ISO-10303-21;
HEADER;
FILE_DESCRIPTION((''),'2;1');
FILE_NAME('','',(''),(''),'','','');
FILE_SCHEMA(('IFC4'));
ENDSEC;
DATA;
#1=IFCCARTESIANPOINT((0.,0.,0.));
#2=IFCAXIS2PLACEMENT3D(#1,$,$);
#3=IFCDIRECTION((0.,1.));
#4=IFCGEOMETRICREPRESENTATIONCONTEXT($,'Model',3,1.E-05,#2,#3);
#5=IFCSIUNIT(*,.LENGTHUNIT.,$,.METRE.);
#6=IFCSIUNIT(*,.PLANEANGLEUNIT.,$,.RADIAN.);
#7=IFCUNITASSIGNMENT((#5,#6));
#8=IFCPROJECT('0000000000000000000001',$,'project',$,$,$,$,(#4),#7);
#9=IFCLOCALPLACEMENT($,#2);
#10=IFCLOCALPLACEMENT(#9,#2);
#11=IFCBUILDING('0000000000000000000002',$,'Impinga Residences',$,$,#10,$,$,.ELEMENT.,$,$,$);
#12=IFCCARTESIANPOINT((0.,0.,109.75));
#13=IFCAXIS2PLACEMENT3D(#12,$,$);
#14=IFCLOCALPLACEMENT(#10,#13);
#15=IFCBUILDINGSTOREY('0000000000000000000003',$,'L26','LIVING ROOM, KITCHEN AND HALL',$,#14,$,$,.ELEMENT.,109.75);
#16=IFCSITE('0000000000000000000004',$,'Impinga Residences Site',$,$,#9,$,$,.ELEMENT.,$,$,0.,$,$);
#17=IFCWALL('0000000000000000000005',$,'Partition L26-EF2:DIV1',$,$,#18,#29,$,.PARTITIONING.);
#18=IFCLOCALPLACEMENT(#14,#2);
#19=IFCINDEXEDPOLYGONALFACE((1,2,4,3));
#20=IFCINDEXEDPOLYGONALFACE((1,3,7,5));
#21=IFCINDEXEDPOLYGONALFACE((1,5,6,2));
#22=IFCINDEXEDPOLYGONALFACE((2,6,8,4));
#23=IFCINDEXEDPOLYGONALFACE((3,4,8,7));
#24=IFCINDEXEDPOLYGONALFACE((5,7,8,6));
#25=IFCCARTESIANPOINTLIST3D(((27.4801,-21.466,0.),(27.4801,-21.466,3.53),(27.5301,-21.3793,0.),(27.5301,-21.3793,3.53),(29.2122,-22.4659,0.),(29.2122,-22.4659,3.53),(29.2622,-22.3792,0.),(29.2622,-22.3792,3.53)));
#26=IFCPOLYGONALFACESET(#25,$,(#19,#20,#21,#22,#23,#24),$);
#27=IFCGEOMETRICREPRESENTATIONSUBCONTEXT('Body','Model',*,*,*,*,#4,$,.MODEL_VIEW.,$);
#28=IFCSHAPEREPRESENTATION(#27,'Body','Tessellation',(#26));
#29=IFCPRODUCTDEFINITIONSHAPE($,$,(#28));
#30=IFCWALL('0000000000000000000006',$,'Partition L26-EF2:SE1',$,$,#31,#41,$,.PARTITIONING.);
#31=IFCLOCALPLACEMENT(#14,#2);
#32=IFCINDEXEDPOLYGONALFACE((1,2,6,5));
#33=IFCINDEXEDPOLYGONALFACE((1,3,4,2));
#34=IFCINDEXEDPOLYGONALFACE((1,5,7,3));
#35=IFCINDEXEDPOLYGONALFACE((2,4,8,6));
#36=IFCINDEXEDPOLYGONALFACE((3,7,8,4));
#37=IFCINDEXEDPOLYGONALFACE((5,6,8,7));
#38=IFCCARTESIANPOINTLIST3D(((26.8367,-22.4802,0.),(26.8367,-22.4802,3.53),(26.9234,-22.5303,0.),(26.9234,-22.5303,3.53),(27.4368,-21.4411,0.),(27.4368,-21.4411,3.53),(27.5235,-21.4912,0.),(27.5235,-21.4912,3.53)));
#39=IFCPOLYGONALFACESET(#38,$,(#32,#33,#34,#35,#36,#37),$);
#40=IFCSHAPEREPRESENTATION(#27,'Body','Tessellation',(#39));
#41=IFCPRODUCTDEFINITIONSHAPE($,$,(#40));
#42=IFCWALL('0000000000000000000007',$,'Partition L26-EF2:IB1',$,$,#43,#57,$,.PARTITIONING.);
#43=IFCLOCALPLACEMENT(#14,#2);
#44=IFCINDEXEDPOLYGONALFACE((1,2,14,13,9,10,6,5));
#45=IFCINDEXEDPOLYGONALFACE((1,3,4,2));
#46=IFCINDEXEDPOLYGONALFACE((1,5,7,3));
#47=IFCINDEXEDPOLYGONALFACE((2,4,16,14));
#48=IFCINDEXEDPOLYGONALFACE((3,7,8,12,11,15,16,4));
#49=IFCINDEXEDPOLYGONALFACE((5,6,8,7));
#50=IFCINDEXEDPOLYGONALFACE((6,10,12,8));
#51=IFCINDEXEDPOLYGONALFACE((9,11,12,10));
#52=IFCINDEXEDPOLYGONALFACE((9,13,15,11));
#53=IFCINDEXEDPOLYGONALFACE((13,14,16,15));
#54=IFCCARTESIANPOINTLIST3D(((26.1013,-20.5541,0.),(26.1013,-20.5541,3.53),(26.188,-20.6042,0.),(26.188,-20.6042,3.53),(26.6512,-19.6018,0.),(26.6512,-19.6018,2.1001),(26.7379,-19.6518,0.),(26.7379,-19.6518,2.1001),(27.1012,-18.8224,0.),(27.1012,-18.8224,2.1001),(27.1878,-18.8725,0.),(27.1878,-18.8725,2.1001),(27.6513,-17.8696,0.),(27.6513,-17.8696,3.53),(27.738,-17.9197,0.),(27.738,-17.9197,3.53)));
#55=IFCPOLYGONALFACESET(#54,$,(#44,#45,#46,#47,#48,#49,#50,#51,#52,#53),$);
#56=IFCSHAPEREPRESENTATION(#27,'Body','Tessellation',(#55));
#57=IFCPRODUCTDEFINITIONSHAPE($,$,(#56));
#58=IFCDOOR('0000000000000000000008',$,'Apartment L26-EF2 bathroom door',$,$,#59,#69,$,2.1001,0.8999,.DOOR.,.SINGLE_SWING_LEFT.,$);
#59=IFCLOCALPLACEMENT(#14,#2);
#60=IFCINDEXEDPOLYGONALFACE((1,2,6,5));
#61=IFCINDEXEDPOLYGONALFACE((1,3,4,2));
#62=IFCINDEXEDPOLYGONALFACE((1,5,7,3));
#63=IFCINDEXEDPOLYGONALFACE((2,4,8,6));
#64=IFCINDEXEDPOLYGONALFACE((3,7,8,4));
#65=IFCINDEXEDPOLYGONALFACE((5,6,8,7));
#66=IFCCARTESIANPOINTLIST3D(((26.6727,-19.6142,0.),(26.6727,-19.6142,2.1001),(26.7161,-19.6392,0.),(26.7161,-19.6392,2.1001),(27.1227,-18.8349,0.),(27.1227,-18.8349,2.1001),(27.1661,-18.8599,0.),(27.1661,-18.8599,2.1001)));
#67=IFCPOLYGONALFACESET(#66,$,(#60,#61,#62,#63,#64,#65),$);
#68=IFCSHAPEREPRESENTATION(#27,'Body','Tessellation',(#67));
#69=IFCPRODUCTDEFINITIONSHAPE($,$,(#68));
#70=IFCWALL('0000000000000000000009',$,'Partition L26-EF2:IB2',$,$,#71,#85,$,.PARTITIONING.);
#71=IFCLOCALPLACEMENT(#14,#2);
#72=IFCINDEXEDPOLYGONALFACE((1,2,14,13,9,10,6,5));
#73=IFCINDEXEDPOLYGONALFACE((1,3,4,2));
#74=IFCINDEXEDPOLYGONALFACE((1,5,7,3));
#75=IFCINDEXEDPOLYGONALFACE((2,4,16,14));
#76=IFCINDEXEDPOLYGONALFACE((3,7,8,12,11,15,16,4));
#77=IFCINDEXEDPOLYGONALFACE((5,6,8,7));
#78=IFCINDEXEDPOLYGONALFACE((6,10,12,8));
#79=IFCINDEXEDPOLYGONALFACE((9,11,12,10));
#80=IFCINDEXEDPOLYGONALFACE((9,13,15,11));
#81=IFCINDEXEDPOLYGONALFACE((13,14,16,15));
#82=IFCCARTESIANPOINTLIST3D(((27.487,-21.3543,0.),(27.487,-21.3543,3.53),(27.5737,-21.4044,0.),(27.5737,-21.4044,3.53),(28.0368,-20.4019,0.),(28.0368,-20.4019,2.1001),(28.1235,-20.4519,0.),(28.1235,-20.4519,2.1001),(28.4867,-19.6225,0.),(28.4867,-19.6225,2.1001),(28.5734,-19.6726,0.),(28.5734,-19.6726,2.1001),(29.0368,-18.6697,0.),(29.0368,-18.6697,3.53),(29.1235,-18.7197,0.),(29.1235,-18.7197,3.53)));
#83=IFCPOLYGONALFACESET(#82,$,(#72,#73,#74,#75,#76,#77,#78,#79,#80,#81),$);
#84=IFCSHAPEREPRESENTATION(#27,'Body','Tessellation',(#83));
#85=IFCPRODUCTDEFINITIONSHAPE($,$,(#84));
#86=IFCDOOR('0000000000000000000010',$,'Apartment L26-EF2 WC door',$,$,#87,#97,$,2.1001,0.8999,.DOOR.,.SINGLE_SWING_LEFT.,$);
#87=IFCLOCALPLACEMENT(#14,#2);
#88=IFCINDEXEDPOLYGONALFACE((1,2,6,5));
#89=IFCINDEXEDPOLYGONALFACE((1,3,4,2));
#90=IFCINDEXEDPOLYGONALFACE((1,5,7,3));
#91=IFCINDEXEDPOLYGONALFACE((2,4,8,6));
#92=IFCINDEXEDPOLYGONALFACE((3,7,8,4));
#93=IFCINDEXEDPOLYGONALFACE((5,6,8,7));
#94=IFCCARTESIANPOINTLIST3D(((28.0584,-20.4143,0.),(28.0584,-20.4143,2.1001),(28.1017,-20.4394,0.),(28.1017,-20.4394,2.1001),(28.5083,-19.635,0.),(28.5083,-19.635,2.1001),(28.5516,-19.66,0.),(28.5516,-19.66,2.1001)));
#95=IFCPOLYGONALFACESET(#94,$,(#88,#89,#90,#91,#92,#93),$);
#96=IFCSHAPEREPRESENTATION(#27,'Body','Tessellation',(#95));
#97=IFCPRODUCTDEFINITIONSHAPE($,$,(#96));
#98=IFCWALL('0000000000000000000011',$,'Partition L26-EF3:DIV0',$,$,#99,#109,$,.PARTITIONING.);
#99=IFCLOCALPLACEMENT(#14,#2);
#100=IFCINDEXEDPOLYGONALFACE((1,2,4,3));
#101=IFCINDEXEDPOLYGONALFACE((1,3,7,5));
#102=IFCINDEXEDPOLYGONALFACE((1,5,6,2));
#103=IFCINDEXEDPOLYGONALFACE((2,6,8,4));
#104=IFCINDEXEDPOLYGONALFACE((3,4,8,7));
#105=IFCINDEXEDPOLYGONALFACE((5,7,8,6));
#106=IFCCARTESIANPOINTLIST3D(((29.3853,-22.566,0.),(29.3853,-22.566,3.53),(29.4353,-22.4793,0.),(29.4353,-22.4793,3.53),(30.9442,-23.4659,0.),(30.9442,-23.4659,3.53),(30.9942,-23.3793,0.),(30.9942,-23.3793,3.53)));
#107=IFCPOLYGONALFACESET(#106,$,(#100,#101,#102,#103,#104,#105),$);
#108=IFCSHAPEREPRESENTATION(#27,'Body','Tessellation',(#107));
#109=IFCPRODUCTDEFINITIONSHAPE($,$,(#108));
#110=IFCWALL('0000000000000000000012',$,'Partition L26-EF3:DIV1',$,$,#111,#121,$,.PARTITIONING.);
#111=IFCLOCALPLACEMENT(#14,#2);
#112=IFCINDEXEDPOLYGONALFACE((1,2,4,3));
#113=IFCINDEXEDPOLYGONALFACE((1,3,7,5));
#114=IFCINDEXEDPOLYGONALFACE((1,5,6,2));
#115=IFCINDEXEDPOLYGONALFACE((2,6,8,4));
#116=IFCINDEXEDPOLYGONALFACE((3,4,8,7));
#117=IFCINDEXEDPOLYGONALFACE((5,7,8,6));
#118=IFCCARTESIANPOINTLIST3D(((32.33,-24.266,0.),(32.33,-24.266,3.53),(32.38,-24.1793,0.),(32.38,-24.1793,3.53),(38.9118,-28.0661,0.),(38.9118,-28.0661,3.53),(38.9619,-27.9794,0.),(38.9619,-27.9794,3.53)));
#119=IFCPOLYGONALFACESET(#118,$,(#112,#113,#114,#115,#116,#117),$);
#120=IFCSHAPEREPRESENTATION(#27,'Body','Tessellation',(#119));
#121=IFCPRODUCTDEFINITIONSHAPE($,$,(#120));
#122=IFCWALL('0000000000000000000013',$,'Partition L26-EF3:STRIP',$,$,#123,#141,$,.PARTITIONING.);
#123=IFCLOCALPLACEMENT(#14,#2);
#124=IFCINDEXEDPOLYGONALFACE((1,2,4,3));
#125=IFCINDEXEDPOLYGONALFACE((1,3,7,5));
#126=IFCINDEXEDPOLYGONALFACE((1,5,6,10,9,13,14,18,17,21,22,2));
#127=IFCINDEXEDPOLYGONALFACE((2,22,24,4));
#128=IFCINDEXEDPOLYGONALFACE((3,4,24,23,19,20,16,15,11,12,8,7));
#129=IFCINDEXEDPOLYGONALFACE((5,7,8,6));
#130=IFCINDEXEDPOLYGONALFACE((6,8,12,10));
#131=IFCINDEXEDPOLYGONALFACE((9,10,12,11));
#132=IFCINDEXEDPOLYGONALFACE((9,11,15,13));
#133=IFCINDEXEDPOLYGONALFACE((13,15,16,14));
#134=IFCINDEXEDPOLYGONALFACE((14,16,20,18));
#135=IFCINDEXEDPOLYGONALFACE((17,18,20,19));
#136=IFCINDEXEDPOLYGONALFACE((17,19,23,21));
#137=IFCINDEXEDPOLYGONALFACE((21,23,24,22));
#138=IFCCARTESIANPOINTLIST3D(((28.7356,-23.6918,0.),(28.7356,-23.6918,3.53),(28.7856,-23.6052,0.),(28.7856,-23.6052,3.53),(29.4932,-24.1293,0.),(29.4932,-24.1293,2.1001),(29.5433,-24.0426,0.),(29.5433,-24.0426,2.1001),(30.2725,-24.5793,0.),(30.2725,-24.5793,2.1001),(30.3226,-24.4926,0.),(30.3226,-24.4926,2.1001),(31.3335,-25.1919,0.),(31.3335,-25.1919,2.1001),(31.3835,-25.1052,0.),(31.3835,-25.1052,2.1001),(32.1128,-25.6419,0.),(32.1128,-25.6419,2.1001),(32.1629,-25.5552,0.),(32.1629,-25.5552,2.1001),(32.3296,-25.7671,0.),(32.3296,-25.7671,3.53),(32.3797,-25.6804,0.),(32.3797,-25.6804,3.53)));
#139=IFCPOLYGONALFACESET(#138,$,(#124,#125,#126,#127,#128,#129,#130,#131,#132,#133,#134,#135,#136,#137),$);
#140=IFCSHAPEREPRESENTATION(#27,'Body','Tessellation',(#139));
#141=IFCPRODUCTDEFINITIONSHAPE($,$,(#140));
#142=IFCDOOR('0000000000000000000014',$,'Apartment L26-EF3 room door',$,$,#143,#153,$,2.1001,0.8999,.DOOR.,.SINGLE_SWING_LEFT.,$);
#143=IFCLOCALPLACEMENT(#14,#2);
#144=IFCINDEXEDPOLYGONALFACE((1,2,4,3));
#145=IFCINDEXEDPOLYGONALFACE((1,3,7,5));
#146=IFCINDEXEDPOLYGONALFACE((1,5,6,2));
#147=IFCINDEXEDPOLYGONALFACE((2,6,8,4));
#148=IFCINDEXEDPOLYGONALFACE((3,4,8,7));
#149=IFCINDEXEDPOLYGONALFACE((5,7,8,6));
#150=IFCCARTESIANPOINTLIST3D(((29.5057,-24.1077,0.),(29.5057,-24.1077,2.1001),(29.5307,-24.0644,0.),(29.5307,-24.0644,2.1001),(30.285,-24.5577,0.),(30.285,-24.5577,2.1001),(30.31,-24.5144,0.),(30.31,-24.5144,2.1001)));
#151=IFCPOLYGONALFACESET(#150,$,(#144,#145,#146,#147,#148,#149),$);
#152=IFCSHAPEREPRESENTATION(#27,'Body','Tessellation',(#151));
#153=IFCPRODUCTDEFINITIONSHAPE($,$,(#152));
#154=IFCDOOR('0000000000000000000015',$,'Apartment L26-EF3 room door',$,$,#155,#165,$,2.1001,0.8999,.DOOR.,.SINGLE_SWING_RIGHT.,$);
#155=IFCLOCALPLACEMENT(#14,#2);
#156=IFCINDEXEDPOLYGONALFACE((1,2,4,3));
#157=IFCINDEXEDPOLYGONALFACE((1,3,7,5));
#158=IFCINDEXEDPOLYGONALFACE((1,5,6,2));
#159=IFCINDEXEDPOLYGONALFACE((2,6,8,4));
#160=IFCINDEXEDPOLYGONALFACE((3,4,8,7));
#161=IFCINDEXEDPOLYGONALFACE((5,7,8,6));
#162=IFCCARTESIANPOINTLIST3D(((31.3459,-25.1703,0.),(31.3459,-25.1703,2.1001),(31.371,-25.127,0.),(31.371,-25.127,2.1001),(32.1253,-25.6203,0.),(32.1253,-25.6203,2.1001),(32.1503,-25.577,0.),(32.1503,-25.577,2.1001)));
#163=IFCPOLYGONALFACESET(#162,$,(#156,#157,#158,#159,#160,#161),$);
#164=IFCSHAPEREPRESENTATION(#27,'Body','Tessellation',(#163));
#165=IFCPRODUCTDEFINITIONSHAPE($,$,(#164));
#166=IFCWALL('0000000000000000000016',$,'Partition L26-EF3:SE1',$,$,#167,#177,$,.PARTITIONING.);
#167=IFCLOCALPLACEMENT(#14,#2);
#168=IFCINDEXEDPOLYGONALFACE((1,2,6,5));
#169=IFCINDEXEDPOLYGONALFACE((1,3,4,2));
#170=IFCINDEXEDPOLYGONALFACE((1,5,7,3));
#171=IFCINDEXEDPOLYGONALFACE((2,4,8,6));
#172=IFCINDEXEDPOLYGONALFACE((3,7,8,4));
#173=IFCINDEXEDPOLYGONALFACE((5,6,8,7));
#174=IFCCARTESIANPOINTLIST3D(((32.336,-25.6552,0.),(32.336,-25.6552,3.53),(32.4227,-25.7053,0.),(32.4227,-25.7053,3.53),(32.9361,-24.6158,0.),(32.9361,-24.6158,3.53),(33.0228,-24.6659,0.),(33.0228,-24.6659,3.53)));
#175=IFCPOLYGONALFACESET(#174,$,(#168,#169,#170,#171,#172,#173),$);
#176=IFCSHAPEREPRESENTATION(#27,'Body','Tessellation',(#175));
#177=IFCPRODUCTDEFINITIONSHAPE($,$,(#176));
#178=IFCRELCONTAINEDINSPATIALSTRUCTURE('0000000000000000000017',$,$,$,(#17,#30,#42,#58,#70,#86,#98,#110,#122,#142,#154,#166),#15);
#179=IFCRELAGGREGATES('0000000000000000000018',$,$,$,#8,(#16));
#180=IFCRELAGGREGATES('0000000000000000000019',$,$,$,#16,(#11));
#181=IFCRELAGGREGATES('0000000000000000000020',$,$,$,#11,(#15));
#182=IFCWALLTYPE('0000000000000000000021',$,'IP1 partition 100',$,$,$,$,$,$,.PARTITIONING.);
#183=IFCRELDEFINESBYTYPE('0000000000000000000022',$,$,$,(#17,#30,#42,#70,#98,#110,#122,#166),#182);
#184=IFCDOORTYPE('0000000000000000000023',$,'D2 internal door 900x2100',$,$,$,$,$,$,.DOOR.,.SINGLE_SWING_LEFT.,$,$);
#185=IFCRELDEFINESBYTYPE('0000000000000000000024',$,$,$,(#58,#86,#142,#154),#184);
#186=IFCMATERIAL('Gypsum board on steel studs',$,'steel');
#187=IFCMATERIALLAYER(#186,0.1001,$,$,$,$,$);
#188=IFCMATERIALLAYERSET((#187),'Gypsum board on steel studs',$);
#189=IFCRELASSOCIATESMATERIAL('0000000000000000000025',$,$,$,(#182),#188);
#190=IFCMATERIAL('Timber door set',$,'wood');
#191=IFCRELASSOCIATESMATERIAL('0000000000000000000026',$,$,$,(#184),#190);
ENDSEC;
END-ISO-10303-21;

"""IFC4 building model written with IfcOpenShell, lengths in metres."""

from ifc_helpers import new_model, si_unit, direction, frame, frame_2d, origin, place, context, subcontext, project, spatial, rectangle, extrude, material, layer, layer_set, type_object, element, fill, save


model = new_model("IFC4")

# Units and contexts
model_context = context("Model", 3, precision=1e-05, world=origin(), true_north=direction((0.0, 1.0)))
body_context = subcontext(model_context, "Body", "Model", "MODEL_VIEW")
ifc_project = project(units=[si_unit("LENGTHUNIT", "METRE"), si_unit("PLANEANGLEUNIT", "RADIAN")], contexts=[model_context])

# Site, building, storey
site_placement = place(None, origin())
site = spatial("IfcSite", under=ifc_project, at=site_placement, Name="Impinga Residences Site", CompositionType="ELEMENT", RefElevation=0.0)
building_placement = place(site_placement, origin())
building = spatial("IfcBuilding", under=site, at=building_placement, Name="Impinga Residences", CompositionType="ELEMENT")
storey_placement = place(building_placement, frame((0.0, 0.0, 109.75)))
storey = spatial("IfcBuildingStorey", under=building, at=storey_placement, Name="L26", Description="LIVING ROOM, KITCHEN AND HALL", CompositionType="ELEMENT", Elevation=109.75)

# Walls
ifc_material_1 = material(Name="Gypsum board on steel studs", Category="steel")
ifc_layer_1 = layer(ifc_material_1, 0.1001)
ifc_layer_set_1 = layer_set([ifc_layer_1], Name="Gypsum board on steel studs")
wall_type_1 = type_object("IfcWallType", Name="IP1 partition 100", PredefinedType="PARTITIONING", material=ifc_layer_set_1)
wall_1_placement = place(storey_placement, frame((27.5051, -21.4226, 0.0), z_axis=(0.0, 0.0, 1.0), x_axis=(0.866041, -0.499973, 0.0)))
element("IfcWall", 1, at=wall_1_placement, inside=storey, type_object=wall_type_1, Name="Partition L26-EF2:DIV1", PredefinedType="PARTITIONING", context=body_context, shape_type="SweptSolid", body=[
    extrude(rectangle(XDim=2.0, YDim=0.1001, at=frame_2d((1.0, 0.0))), origin(), (0.0, 0.0, 1.0), 3.53),
])
wall_2_placement = place(storey_placement, frame((27.4802, -21.4661, 0.0), z_axis=(0.0, 0.0, 1.0), x_axis=(-0.500122, -0.865955, 0.0)))
element("IfcWall", 2, at=wall_2_placement, inside=storey, type_object=wall_type_1, Name="Partition L26-EF2:SE1", PredefinedType="PARTITIONING", context=body_context, shape_type="SweptSolid", body=[
    extrude(rectangle(XDim=1.2, YDim=0.1001, at=frame_2d((0.6001, 0.0))), origin(), (0.0, 0.0, 1.0), 3.53),
])

# Walls, openings, doors
wall_3_placement = place(storey_placement, frame((27.6946, -17.8948, 0.0), z_axis=(0.0, 0.0, 1.0), x_axis=(-0.500027, -0.86601, 0.0)))
wall_3 = element("IfcWall", 3, at=wall_3_placement, inside=storey, type_object=wall_type_1, Name="Partition L26-EF2:IB1", PredefinedType="PARTITIONING", context=body_context, shape_type="SweptSolid", body=[
    extrude(rectangle(XDim=3.0999, YDim=0.1001, at=frame_2d((1.5498, 0.0))), origin(), (0.0, 0.0, 1.0), 3.53),
])
opening_1_placement = place(wall_3_placement, frame((1.1001, 0.0, 0.0)))
opening_1 = element("IfcOpeningElement", 4, at=opening_1_placement, cuts=wall_3, PredefinedType="OPENING", context=body_context, shape_type="SweptSolid", body=[
    extrude(rectangle(XDim=0.8999, YDim=2.1001, at=frame_2d((0.45, 1.05))), frame((0.0, 0.0601, 0.0), z_axis=(0.0, -1.0, 0.0), x_axis=(1.0, 0.0, 0.0)), (0.0, 0.0, 1.0), 0.1201),
])
ifc_material_2 = material(Name="Timber door set", Category="wood")
door_type = type_object("IfcDoorType", Name="D2 internal door 900x2100", OperationType="SINGLE_SWING_LEFT", PredefinedType="DOOR", material=ifc_material_2)
door_1_placement = place(opening_1_placement, origin())
door_1 = element("IfcDoor", 5, at=door_1_placement, inside=storey, type_object=door_type, Name="Apartment L26-EF2 bathroom door", OperationType="SINGLE_SWING_LEFT", OverallHeight=2.1001, OverallWidth=0.8999, PredefinedType="DOOR", context=body_context, shape_type="SweptSolid", body=[
    extrude(rectangle(XDim=0.8999, YDim=2.1001, at=frame_2d((0.45, 1.05))), frame((0.0, 0.0249, 0.0), z_axis=(0.0, -1.0, 0.0), x_axis=(1.0, 0.0, 0.0)), (0.0, 0.0, 1.0), 0.05),
])
fill(opening_1, door_1)
wall_4_placement = place(storey_placement, frame((29.0801, -18.6948, 0.0), z_axis=(0.0, 0.0, 1.0), x_axis=(-0.499968, -0.866044, 0.0)))
wall_4 = element("IfcWall", 6, at=wall_4_placement, inside=storey, type_object=wall_type_1, Name="Partition L26-EF2:IB2", PredefinedType="PARTITIONING", context=body_context, shape_type="SweptSolid", body=[
    extrude(rectangle(XDim=3.0999, YDim=0.1001, at=frame_2d((1.5498, 0.0))), origin(), (0.0, 0.0, 1.0), 3.53),
])
opening_2_placement = place(wall_4_placement, frame((1.1001, 0.0, 0.0)))
opening_2 = element("IfcOpeningElement", 7, at=opening_2_placement, cuts=wall_4, PredefinedType="OPENING", context=body_context, shape_type="SweptSolid", body=[
    extrude(rectangle(XDim=0.8999, YDim=2.1001, at=frame_2d((0.45, 1.05))), frame((0.0, 0.0601, 0.0), z_axis=(0.0, -1.0, 0.0), x_axis=(1.0, 0.0, 0.0)), (0.0, 0.0, 1.0), 0.1201),
])
door_2_placement = place(opening_2_placement, origin())
door_2 = element("IfcDoor", 8, at=door_2_placement, inside=storey, type_object=door_type, Name="Apartment L26-EF2 WC door", OperationType="SINGLE_SWING_LEFT", OverallHeight=2.1001, OverallWidth=0.8999, PredefinedType="DOOR", context=body_context, shape_type="SweptSolid", body=[
    extrude(rectangle(XDim=0.8999, YDim=2.1001, at=frame_2d((0.45, 1.05))), frame((0.0, 0.0249, 0.0), z_axis=(0.0, -1.0, 0.0), x_axis=(1.0, 0.0, 0.0)), (0.0, 0.0, 1.0), 0.05),
])
fill(opening_2, door_2)

# Walls
wall_5_placement = place(storey_placement, frame((29.4104, -22.5227, 0.0), z_axis=(0.0, 0.0, 1.0), x_axis=(0.866048, -0.499961, 0.0)))
element("IfcWall", 9, at=wall_5_placement, inside=storey, type_object=wall_type_1, Name="Partition L26-EF3:DIV0", PredefinedType="PARTITIONING", context=body_context, shape_type="SweptSolid", body=[
    extrude(rectangle(XDim=1.8, YDim=0.1001, at=frame_2d((0.8999, 0.0))), origin(), (0.0, 0.0, 1.0), 3.53),
])
wall_6_placement = place(storey_placement, frame((32.355, -24.2227, 0.0), z_axis=(0.0, 0.0, 1.0), x_axis=(0.866022, -0.500005, 0.0)))
element("IfcWall", 10, at=wall_6_placement, inside=storey, type_object=wall_type_1, Name="Partition L26-EF3:DIV1", PredefinedType="PARTITIONING", context=body_context, shape_type="SweptSolid", body=[
    extrude(rectangle(XDim=7.6001, YDim=0.1001, at=frame_2d((3.8, 0.0))), origin(), (0.0, 0.0, 1.0), 3.53),
])

# Wall, openings, doors
wall_7_placement = place(storey_placement, frame((28.7605, -23.6484, 0.0), z_axis=(0.0, 0.0, 1.0), x_axis=(0.866004, -0.500036, 0.0)))
wall_7 = element("IfcWall", 11, at=wall_7_placement, inside=storey, type_object=wall_type_1, Name="Partition L26-EF3:STRIP", PredefinedType="PARTITIONING", context=body_context, shape_type="SweptSolid", body=[
    extrude(rectangle(XDim=4.1501, YDim=0.1001, at=frame_2d((2.0752, 0.0))), origin(), (0.0, 0.0, 1.0), 3.53),
])
opening_3_placement = place(wall_7_placement, frame((0.875, 0.0, 0.0)))
opening_3 = element("IfcOpeningElement", 12, at=opening_3_placement, cuts=wall_7, PredefinedType="OPENING", context=body_context, shape_type="SweptSolid", body=[
    extrude(rectangle(XDim=0.8999, YDim=2.1001, at=frame_2d((0.45, 1.05))), frame((0.0, 0.0601, 0.0), z_axis=(0.0, -1.0, 0.0), x_axis=(1.0, 0.0, 0.0)), (0.0, 0.0, 1.0), 0.1201),
])
opening_4_placement = place(wall_7_placement, frame((3.0, 0.0, 0.0)))
opening_4 = element("IfcOpeningElement", 13, at=opening_4_placement, cuts=wall_7, PredefinedType="OPENING", context=body_context, shape_type="SweptSolid", body=[
    extrude(rectangle(XDim=0.8999, YDim=2.1001, at=frame_2d((0.45, 1.05))), frame((0.0, 0.0601, 0.0), z_axis=(0.0, -1.0, 0.0), x_axis=(1.0, 0.0, 0.0)), (0.0, 0.0, 1.0), 0.1201),
])
door_3_placement = place(opening_3_placement, origin())
door_3 = element("IfcDoor", 14, at=door_3_placement, inside=storey, type_object=door_type, Name="Apartment L26-EF3 room door", OperationType="SINGLE_SWING_LEFT", OverallHeight=2.1001, OverallWidth=0.8999, PredefinedType="DOOR", context=body_context, shape_type="SweptSolid", body=[
    extrude(rectangle(XDim=0.8999, YDim=2.1001, at=frame_2d((0.45, 1.05))), frame((0.0, 0.0249, 0.0), z_axis=(0.0, -1.0, 0.0), x_axis=(1.0, 0.0, 0.0)), (0.0, 0.0, 1.0), 0.05),
])
fill(opening_3, door_3)
door_4_placement = place(opening_4_placement, origin())
door_4 = element("IfcDoor", 15, at=door_4_placement, inside=storey, type_object=door_type, Name="Apartment L26-EF3 room door", OperationType="SINGLE_SWING_RIGHT", OverallHeight=2.1001, OverallWidth=0.8999, PredefinedType="DOOR", context=body_context, shape_type="SweptSolid", body=[
    extrude(rectangle(XDim=0.8999, YDim=2.1001, at=frame_2d((0.45, 1.05))), frame((0.0, 0.0249, 0.0), z_axis=(0.0, -1.0, 0.0), x_axis=(1.0, 0.0, 0.0)), (0.0, 0.0, 1.0), 0.05),
])
fill(opening_4, door_4)

# Wall
wall_8_placement = place(storey_placement, frame((32.9795, -24.6409, 0.0), z_axis=(0.0, 0.0, 1.0), x_axis=(-0.500034, -0.866006, 0.0)))
element("IfcWall", 16, at=wall_8_placement, inside=storey, type_object=wall_type_1, Name="Partition L26-EF3:SE1", PredefinedType="PARTITIONING", context=body_context, shape_type="SweptSolid", body=[
    extrude(rectangle(XDim=1.2002, YDim=0.1001, at=frame_2d((0.6001, 0.0))), origin(), (0.0, 0.0, 1.0), 3.53),
])

save(model, "model.ifc")
